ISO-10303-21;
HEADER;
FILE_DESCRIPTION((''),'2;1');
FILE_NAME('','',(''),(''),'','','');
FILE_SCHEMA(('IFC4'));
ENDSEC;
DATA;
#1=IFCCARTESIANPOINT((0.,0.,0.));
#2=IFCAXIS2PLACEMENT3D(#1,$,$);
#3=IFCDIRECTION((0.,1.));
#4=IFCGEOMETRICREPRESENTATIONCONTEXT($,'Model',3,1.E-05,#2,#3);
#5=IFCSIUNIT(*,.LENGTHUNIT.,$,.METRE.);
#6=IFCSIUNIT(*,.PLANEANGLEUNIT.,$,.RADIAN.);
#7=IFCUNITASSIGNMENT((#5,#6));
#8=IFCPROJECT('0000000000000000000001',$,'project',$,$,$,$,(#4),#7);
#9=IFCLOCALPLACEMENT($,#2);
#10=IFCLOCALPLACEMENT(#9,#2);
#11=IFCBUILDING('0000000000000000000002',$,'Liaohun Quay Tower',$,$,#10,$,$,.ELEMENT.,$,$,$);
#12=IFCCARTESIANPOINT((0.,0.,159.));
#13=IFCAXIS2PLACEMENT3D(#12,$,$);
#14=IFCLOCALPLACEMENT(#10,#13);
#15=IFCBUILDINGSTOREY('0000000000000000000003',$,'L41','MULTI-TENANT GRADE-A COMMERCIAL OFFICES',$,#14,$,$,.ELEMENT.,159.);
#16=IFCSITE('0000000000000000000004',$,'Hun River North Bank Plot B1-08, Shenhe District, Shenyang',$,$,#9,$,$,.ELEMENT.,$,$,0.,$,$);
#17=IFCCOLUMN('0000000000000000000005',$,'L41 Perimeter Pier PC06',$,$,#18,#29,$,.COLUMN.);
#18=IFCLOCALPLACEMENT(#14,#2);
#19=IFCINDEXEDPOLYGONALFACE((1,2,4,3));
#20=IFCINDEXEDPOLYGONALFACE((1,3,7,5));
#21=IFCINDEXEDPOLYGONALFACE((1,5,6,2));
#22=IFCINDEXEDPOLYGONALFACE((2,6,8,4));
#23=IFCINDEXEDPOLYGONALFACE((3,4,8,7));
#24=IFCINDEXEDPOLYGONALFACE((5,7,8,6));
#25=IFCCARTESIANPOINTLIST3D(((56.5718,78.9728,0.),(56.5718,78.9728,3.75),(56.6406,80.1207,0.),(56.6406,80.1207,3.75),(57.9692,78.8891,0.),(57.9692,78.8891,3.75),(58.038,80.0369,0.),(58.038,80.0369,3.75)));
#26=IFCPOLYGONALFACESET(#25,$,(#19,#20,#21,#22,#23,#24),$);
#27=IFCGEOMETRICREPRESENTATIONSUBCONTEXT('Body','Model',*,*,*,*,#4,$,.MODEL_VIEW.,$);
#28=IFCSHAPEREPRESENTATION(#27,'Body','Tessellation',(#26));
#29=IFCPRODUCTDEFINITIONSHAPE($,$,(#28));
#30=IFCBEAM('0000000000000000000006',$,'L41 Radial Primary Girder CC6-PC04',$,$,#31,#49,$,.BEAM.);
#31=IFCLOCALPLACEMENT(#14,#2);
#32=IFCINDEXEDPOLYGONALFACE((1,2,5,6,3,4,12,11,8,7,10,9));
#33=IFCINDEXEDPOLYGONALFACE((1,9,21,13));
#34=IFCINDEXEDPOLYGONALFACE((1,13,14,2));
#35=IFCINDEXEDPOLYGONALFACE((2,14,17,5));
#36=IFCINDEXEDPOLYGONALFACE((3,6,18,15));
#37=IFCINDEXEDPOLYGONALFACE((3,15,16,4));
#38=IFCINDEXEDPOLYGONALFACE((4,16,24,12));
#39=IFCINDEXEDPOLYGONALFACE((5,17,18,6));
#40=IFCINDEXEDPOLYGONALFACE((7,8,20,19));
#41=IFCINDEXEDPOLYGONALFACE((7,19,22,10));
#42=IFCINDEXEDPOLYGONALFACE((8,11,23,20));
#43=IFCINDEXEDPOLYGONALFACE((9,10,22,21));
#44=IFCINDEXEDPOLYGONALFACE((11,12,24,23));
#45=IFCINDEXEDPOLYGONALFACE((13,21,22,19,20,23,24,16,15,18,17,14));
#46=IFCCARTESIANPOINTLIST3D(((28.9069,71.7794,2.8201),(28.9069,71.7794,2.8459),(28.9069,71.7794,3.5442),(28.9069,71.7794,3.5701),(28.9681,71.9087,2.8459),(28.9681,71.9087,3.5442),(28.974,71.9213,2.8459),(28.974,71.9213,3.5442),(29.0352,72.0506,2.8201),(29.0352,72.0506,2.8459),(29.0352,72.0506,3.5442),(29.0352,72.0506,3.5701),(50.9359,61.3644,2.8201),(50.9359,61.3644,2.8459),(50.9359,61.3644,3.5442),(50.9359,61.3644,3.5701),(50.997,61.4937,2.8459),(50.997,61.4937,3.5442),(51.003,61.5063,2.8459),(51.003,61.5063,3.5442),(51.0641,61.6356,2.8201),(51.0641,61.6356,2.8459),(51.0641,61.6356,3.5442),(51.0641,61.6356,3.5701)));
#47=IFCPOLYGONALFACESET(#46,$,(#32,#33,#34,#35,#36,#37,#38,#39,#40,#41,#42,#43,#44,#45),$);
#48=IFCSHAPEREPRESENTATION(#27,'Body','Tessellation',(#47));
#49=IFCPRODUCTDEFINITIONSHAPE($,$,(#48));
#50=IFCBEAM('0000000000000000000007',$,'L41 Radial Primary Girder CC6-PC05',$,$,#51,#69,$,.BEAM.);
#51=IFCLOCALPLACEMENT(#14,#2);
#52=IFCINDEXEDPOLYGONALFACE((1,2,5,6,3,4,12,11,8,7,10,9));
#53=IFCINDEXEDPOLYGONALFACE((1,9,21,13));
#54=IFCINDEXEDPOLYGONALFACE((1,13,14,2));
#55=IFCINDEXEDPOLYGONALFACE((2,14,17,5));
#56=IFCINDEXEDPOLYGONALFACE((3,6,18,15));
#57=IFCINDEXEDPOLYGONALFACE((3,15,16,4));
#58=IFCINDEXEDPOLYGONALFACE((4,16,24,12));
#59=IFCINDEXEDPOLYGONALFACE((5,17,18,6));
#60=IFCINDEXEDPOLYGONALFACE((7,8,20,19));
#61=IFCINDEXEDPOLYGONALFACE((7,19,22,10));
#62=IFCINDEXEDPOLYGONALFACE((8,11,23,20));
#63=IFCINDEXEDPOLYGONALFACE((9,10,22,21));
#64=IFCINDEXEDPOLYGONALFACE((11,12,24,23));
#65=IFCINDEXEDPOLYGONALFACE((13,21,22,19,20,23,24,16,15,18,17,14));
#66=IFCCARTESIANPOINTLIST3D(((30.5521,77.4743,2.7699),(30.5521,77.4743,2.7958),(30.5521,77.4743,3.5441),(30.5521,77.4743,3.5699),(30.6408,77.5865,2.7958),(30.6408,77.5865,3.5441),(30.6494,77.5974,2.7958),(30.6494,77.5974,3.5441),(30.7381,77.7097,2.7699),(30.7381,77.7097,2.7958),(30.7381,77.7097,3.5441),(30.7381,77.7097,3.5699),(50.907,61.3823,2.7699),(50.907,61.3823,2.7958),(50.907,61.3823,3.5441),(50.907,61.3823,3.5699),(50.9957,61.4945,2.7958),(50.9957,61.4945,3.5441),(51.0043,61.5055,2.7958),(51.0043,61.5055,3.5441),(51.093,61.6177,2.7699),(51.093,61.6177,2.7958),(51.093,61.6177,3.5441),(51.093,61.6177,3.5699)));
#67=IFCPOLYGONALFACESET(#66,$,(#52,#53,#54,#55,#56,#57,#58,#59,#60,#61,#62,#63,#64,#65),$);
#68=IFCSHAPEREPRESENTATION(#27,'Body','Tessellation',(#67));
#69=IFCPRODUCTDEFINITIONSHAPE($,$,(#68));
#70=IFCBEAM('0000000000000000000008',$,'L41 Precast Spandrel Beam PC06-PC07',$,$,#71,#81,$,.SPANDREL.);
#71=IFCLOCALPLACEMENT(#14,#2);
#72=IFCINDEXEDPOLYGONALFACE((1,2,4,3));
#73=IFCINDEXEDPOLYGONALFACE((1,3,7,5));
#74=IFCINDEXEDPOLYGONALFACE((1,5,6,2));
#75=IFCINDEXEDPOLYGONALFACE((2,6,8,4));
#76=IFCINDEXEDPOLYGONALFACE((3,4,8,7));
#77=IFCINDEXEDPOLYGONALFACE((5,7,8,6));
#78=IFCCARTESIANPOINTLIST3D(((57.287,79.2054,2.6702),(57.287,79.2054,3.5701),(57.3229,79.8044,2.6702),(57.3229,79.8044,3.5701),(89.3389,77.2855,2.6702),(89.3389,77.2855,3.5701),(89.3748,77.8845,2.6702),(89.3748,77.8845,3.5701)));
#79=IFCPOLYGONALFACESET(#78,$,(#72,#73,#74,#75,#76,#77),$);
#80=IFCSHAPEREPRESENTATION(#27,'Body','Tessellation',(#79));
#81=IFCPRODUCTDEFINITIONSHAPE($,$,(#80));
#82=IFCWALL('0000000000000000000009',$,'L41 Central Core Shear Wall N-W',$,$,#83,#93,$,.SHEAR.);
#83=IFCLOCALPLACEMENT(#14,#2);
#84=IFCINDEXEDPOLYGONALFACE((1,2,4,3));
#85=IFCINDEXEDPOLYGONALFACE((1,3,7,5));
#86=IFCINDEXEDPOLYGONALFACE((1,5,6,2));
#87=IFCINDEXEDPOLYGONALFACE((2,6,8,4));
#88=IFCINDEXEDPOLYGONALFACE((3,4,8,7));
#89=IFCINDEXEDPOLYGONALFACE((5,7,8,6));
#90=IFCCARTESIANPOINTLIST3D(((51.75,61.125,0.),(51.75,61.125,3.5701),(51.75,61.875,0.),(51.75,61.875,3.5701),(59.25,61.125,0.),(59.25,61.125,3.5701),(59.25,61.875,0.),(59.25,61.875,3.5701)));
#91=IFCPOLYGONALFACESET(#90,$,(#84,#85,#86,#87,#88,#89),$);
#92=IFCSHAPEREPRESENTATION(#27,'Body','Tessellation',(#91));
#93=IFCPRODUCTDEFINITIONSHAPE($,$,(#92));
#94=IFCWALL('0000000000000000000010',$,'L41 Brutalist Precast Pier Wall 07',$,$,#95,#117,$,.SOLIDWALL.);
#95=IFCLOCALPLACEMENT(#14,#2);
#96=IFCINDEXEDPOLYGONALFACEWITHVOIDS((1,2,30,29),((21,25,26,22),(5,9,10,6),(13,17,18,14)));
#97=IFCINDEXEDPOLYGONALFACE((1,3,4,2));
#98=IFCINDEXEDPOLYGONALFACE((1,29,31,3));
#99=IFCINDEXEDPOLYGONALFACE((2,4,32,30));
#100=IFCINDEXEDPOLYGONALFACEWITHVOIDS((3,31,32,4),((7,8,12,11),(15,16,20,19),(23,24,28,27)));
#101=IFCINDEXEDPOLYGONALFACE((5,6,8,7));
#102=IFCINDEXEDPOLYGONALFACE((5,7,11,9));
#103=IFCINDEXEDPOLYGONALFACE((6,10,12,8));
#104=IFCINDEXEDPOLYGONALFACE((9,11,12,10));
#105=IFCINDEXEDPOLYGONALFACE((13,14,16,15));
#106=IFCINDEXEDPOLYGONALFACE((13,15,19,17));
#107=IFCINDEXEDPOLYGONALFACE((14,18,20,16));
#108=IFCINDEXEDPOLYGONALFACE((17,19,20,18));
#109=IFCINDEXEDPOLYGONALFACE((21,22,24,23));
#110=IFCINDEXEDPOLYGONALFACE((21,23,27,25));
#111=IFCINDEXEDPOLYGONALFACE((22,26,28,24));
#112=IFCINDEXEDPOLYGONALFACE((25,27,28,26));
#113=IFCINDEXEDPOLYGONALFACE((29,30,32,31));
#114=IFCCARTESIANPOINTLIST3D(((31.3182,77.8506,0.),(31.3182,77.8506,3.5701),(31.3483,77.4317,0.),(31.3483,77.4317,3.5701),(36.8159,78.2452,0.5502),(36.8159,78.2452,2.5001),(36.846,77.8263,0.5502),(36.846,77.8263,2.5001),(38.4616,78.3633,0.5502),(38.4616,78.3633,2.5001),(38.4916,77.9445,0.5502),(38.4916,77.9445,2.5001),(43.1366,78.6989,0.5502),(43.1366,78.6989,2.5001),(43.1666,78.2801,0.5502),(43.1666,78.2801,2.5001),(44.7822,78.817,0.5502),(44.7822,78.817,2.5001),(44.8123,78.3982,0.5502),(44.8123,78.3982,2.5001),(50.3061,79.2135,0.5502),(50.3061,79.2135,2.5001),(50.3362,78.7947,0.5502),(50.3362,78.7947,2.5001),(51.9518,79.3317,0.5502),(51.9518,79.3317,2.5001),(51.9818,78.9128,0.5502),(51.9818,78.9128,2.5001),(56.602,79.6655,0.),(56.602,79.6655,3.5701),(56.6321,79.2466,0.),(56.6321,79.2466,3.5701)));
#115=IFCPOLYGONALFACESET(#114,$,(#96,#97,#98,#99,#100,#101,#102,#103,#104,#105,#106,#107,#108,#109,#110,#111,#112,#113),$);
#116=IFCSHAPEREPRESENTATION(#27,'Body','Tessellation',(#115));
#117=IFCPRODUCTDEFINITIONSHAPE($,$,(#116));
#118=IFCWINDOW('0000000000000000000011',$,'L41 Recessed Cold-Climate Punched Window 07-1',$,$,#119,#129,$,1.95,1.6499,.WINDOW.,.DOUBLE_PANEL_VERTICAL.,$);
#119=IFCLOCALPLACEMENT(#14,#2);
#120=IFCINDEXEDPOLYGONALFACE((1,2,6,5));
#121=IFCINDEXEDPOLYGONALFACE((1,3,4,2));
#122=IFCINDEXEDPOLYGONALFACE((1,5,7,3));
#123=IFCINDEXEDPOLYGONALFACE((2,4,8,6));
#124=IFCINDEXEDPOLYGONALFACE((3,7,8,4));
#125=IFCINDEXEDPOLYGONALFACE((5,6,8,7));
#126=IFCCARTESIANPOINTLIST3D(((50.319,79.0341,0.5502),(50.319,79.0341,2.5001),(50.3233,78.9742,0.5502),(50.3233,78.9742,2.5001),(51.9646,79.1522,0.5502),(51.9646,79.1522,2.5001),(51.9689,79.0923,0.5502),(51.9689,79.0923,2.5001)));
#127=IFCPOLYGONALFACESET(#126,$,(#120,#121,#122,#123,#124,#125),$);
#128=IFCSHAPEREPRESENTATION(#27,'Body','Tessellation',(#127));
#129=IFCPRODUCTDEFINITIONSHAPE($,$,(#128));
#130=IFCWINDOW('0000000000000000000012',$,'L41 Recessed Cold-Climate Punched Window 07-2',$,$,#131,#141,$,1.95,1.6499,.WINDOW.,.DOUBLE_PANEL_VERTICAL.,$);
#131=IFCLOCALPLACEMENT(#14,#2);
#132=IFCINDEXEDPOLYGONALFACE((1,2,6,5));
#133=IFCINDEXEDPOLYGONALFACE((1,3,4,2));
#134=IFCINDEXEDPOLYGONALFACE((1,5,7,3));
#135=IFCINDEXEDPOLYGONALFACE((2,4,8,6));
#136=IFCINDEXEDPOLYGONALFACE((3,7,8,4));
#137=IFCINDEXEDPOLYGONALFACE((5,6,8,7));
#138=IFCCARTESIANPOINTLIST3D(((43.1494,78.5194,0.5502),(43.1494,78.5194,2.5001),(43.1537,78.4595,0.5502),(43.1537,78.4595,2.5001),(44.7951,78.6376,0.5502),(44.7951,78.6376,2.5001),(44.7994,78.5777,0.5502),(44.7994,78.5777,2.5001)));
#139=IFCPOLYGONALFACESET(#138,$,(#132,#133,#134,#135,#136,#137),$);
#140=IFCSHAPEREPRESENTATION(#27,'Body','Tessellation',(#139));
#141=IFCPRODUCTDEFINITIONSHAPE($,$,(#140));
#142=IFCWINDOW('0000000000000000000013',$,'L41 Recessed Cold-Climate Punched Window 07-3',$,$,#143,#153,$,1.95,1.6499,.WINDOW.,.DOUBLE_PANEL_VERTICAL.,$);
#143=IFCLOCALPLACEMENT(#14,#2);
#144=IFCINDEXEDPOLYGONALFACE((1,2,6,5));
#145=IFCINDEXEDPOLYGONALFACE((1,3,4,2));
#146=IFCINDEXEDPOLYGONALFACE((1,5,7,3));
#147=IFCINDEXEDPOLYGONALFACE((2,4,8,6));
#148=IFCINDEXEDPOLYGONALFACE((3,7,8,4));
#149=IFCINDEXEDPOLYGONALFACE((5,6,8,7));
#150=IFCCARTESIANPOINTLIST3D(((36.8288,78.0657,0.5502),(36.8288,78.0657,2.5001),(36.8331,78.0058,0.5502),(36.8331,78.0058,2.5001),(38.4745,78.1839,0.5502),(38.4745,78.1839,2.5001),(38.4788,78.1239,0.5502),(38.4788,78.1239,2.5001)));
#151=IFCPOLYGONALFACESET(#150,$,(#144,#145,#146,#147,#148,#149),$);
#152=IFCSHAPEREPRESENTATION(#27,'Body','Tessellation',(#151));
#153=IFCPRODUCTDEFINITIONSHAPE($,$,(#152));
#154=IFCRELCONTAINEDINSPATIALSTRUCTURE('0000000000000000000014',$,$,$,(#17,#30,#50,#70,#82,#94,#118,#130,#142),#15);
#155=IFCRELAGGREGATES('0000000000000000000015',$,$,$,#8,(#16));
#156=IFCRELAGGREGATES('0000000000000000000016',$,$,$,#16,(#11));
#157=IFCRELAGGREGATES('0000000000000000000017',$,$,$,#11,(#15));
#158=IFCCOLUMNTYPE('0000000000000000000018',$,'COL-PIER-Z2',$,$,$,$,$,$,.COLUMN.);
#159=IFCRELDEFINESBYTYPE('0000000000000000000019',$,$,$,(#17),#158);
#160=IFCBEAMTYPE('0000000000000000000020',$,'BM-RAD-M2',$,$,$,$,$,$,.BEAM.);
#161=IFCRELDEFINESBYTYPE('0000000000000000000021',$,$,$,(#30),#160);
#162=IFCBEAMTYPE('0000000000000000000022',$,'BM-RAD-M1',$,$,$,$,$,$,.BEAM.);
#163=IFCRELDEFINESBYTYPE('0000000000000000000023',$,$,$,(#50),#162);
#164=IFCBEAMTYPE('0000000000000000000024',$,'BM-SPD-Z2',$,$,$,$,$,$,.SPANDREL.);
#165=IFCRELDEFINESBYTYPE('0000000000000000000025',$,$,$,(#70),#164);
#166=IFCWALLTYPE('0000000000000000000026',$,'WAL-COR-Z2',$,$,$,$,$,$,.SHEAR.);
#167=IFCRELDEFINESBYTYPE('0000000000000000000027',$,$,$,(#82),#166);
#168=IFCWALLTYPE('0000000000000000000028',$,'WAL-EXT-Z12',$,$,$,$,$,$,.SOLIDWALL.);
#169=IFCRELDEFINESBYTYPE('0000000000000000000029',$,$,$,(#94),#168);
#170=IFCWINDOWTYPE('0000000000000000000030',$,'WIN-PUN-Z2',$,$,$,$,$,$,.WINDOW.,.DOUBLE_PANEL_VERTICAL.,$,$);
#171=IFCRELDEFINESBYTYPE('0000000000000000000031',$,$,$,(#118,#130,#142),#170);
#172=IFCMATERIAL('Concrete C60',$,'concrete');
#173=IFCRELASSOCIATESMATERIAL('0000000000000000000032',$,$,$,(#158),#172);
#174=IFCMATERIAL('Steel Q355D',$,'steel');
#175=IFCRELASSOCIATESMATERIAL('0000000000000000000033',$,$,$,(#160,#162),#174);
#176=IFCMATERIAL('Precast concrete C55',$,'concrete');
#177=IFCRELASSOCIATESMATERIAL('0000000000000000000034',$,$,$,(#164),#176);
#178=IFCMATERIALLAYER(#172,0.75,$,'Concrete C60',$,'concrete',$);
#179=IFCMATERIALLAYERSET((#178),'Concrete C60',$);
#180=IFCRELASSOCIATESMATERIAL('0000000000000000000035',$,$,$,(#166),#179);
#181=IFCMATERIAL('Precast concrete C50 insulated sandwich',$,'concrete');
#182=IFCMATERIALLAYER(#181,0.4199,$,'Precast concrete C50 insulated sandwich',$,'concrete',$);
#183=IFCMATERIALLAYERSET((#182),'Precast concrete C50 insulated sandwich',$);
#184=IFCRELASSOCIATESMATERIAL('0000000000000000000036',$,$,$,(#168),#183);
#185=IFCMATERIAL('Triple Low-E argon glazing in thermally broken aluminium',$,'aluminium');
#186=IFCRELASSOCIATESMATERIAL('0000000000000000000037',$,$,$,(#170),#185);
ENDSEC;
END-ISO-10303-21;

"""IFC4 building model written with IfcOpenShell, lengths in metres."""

from ifc_helpers import new_model, si_unit, direction, frame, frame_2d, origin, origin_2d, place, context, subcontext, project, spatial, rectangle, i_section, extrude, source, transform, mapped, material, layer, layer_set, material_profile, profile_set, type_object, element, fill, save


model = new_model("IFC4")

# Units and contexts
model_context = context("Model", 3, precision=1e-05, world=origin(), true_north=direction((0.0, 1.0)))
body_context = subcontext(model_context, "Body", "Model", "MODEL_VIEW")
ifc_project = project(units=[si_unit("LENGTHUNIT", "METRE"), si_unit("PLANEANGLEUNIT", "RADIAN")], contexts=[model_context])

# Site, building, storey
site_placement = place(None, origin())
site = spatial("IfcSite", under=ifc_project, at=site_placement, Name="Hun River North Bank Plot B1-08, Shenhe District, Shenyang", CompositionType="ELEMENT", RefElevation=0.0)
building_placement = place(site_placement, origin())
building = spatial("IfcBuilding", under=site, at=building_placement, Name="Liaohun Quay Tower", CompositionType="ELEMENT")
storey_placement = place(building_placement, frame((0.0, 0.0, 159.0)))
storey = spatial("IfcBuildingStorey", under=building, at=storey_placement, Name="L41", Description="MULTI-TENANT GRADE-A COMMERCIAL OFFICES", CompositionType="ELEMENT", Elevation=159.0)

# Column
ifc_material_1 = material(Name="Concrete C60", Category="concrete")
ifc_material_profile_1 = material_profile(ifc_material_1, rectangle(XDim=1.3999, YDim=1.1499, at=origin_2d()), Name="RC1400x1150")
ifc_profile_set_1 = profile_set([ifc_material_profile_1], Name="Concrete C60")
column_type = type_object("IfcColumnType", Name="COL-PIER-Z2", PredefinedType="COLUMN", material=ifc_profile_set_1)
shared_shape_1 = source(origin(), body_context, "Body", "SweptSolid", [
    extrude(rectangle(XDim=1.3999, YDim=1.1499, at=origin_2d()), origin(), (0.0, 0.0, 1.0), 3.75),
])
column_placement = place(storey_placement, frame((57.3049, 79.5049, 0.0), z_axis=(0.0, 0.0, 1.0), x_axis=(-0.998209, 0.059829, 0.0)))
element("IfcColumn", 1, at=column_placement, inside=storey, type_object=column_type, Name="L41 Perimeter Pier PC06", PredefinedType="COLUMN", context=body_context, shape_type="MappedRepresentation", body=[
    mapped(shared_shape_1, transform((0.0, 0.0, 0.0), x_axis=(1.0, 0.0, 0.0), y_axis=(0.0, 1.0, 0.0), z_axis=(0.0, 0.0, 1.0), scale=1.0)),
])

# Beams
ifc_material_2 = material(Name="Steel Q355D", Category="steel")
ifc_material_profile_2 = material_profile(ifc_material_2, i_section(OverallWidth=0.3, OverallDepth=0.75, WebThickness=0.0139, FlangeThickness=0.0259, at=origin_2d()), Name="HN750x300x14x26")
ifc_profile_set_2 = profile_set([ifc_material_profile_2], Name="Steel Q355D")
beam_type_1 = type_object("IfcBeamType", Name="BM-RAD-M2", PredefinedType="BEAM", material=ifc_profile_set_2)
shared_shape_2 = source(origin(), body_context, "Body", "SweptSolid", [
    extrude(i_section(OverallWidth=0.3, OverallDepth=0.75, WebThickness=0.0139, FlangeThickness=0.0259, at=origin_2d()), origin(), (0.0, 0.0, 1.0), 24.3669),
])
beam_1_placement = place(storey_placement, frame((51.0, 61.5, 3.1951), z_axis=(-0.904052, 0.427423, 0.0), x_axis=(-0.427423, -0.904052, 0.0)))
element("IfcBeam", 2, at=beam_1_placement, inside=storey, type_object=beam_type_1, Name="L41 Radial Primary Girder CC6-PC04", PredefinedType="BEAM", context=body_context, shape_type="MappedRepresentation", body=[
    mapped(shared_shape_2, transform((0.0, 0.0, 0.0), x_axis=(1.0, 0.0, 0.0), y_axis=(0.0, 1.0, 0.0), z_axis=(0.0, 0.0, 1.0), scale=1.0)),
])
ifc_material_profile_3 = material_profile(ifc_material_2, i_section(OverallWidth=0.3, OverallDepth=0.8, WebThickness=0.0139, FlangeThickness=0.0259, at=origin_2d()), Name="HN800x300x14x26")
ifc_profile_set_3 = profile_set([ifc_material_profile_3], Name="Steel Q355D")
beam_type_2 = type_object("IfcBeamType", Name="BM-RAD-M1", PredefinedType="BEAM", material=ifc_profile_set_3)
shared_shape_3 = source(origin(), body_context, "Body", "SweptSolid", [
    extrude(i_section(OverallWidth=0.3, OverallDepth=0.8, WebThickness=0.0139, FlangeThickness=0.0259, at=origin_2d()), origin(), (0.0, 0.0, 1.0), 25.9475),
])
beam_2_placement = place(storey_placement, frame((51.0, 61.5, 3.1699), z_axis=(-0.784464, 0.620174, 0.0), x_axis=(-0.620174, -0.784464, 0.0)))
element("IfcBeam", 3, at=beam_2_placement, inside=storey, type_object=beam_type_2, Name="L41 Radial Primary Girder CC6-PC05", PredefinedType="BEAM", context=body_context, shape_type="MappedRepresentation", body=[
    mapped(shared_shape_3, transform((0.0, 0.0, 0.0), x_axis=(1.0, 0.0, 0.0), y_axis=(0.0, 1.0, 0.0), z_axis=(0.0, 0.0, 1.0), scale=1.0)),
])
ifc_material_3 = material(Name="Precast concrete C55", Category="concrete")
ifc_material_profile_4 = material_profile(ifc_material_3, rectangle(XDim=0.6001, YDim=0.8999, at=origin_2d()), Name="RC600x900")
ifc_profile_set_4 = profile_set([ifc_material_profile_4], Name="Precast concrete C55")
beam_type_3 = type_object("IfcBeamType", Name="BM-SPD-Z2", PredefinedType="SPANDREL", material=ifc_profile_set_4)
shared_shape_4 = source(origin(), body_context, "Body", "SweptSolid", [
    extrude(rectangle(XDim=0.6001, YDim=0.8999, at=origin_2d()), origin(), (0.0, 0.0, 1.0), 32.1094),
])
beam_3_placement = place(storey_placement, frame((57.3049, 79.5049, 3.1201), z_axis=(0.998211, -0.059793, 0.0), x_axis=(0.059793, 0.998211, 0.0)))
element("IfcBeam", 4, at=beam_3_placement, inside=storey, type_object=beam_type_3, Name="L41 Precast Spandrel Beam PC06-PC07", PredefinedType="SPANDREL", context=body_context, shape_type="MappedRepresentation", body=[
    mapped(shared_shape_4, transform((0.0, 0.0, 0.0), x_axis=(1.0, 0.0, 0.0), y_axis=(0.0, 1.0, 0.0), z_axis=(0.0, 0.0, 1.0), scale=1.0)),
])

# Wall
ifc_layer_1 = layer(ifc_material_1, 0.75, Name="Concrete C60", Category="concrete")
ifc_layer_set_1 = layer_set([ifc_layer_1], Name="Concrete C60")
wall_type_1 = type_object("IfcWallType", Name="WAL-COR-Z2", PredefinedType="SHEAR", material=ifc_layer_set_1)
wall_1_placement = place(storey_placement, frame((51.75, 61.5, 0.0), z_axis=(0.0, 0.0, 1.0), x_axis=(1.0, 0.0, 0.0)))
element("IfcWall", 5, at=wall_1_placement, inside=storey, type_object=wall_type_1, Name="L41 Central Core Shear Wall N-W", PredefinedType="SHEAR", context=body_context, shape_type="SweptSolid", body=[
    extrude(rectangle(XDim=7.5, YDim=0.75, at=frame_2d((3.75, 0.0))), origin(), (0.0, 0.0, 1.0), 3.5701),
])

# Wall, openings, windows
ifc_material_4 = material(Name="Precast concrete C50 insulated sandwich", Category="concrete")
ifc_layer_2 = layer(ifc_material_4, 0.4199, Name="Precast concrete C50 insulated sandwich", Category="concrete")
ifc_layer_set_2 = layer_set([ifc_layer_2], Name="Precast concrete C50 insulated sandwich")
wall_type_2 = type_object("IfcWallType", Name="WAL-EXT-Z12", PredefinedType="SOLIDWALL", material=ifc_layer_set_2)
wall_2_placement = place(storey_placement, frame((56.6169, 79.4561, 0.0), z_axis=(0.0, 0.0, 1.0), x_axis=(-0.997434, -0.071598, 0.0)))
wall_2 = element("IfcWall", 6, at=wall_2_placement, inside=storey, type_object=wall_type_2, Name="L41 Brutalist Precast Pier Wall 07", PredefinedType="SOLIDWALL", context=body_context, shape_type="SweptSolid", body=[
    extrude(rectangle(XDim=25.3489, YDim=0.4199, at=frame_2d((12.6743, 0.0))), origin(), (0.0, 0.0, 1.0), 3.5701),
])
shared_shape_5 = source(origin(), body_context, "Body", "SweptSolid", [
    extrude(rectangle(XDim=1.6499, YDim=1.95, at=frame_2d((0.825, 0.9751))), frame((0.0, 0.22, 0.0), z_axis=(0.0, -1.0, 0.0), x_axis=(1.0, 0.0, 0.0)), (0.0, 0.0, 1.0), 0.4399),
])
opening_1_placement = place(wall_2_placement, frame((4.6621, 0.0, 0.55)))
opening_1 = element("IfcOpeningElement", 7, at=opening_1_placement, cuts=wall_2, PredefinedType="OPENING", context=body_context, shape_type="MappedRepresentation", body=[
    mapped(shared_shape_5, transform((0.0, 0.0, 0.0), x_axis=(1.0, 0.0, 0.0), y_axis=(0.0, 1.0, 0.0), z_axis=(0.0, 0.0, 1.0), scale=1.0)),
])
opening_2_placement = place(wall_2_placement, frame((11.8501, 0.0, 0.55)))
opening_2 = element("IfcOpeningElement", 8, at=opening_2_placement, cuts=wall_2, PredefinedType="OPENING", context=body_context, shape_type="MappedRepresentation", body=[
    mapped(shared_shape_5, transform((0.0, 0.0, 0.0), x_axis=(1.0, 0.0, 0.0), y_axis=(0.0, 1.0, 0.0), z_axis=(0.0, 0.0, 1.0), scale=1.0)),
])
opening_3_placement = place(wall_2_placement, frame((18.187, 0.0, 0.55)))
opening_3 = element("IfcOpeningElement", 9, at=opening_3_placement, cuts=wall_2, PredefinedType="OPENING", context=body_context, shape_type="MappedRepresentation", body=[
    mapped(shared_shape_5, transform((0.0, 0.0, 0.0), x_axis=(1.0, 0.0, 0.0), y_axis=(0.0, 1.0, 0.0), z_axis=(0.0, 0.0, 1.0), scale=1.0)),
])
ifc_material_5 = material(Name="Triple Low-E argon glazing in thermally broken aluminium", Category="aluminium")
window_type = type_object("IfcWindowType", Name="WIN-PUN-Z2", PartitioningType="DOUBLE_PANEL_VERTICAL", PredefinedType="WINDOW", material=ifc_material_5)
shared_shape_6 = source(origin(), body_context, "Body", "SweptSolid", [
    extrude(rectangle(XDim=1.6499, YDim=1.95, at=frame_2d((0.825, 0.9751))), frame((0.0, 0.03, 0.0), z_axis=(0.0, -1.0, 0.0), x_axis=(1.0, 0.0, 0.0)), (0.0, 0.0, 1.0), 0.0601),
])
window_1_placement = place(opening_1_placement, origin())
window_1 = element("IfcWindow", 10, at=window_1_placement, inside=storey, type_object=window_type, Name="L41 Recessed Cold-Climate Punched Window 07-1", OverallHeight=1.95, OverallWidth=1.6499, PartitioningType="DOUBLE_PANEL_VERTICAL", PredefinedType="WINDOW", context=body_context, shape_type="MappedRepresentation", body=[
    mapped(shared_shape_6, transform((0.0, 0.0, 0.0), x_axis=(1.0, 0.0, 0.0), y_axis=(0.0, 1.0, 0.0), z_axis=(0.0, 0.0, 1.0), scale=1.0)),
])
fill(opening_1, window_1)
window_2_placement = place(opening_2_placement, origin())
window_2 = element("IfcWindow", 11, at=window_2_placement, inside=storey, type_object=window_type, Name="L41 Recessed Cold-Climate Punched Window 07-2", OverallHeight=1.95, OverallWidth=1.6499, PartitioningType="DOUBLE_PANEL_VERTICAL", PredefinedType="WINDOW", context=body_context, shape_type="MappedRepresentation", body=[
    mapped(shared_shape_6, transform((0.0, 0.0, 0.0), x_axis=(1.0, 0.0, 0.0), y_axis=(0.0, 1.0, 0.0), z_axis=(0.0, 0.0, 1.0), scale=1.0)),
])
fill(opening_2, window_2)
window_3_placement = place(opening_3_placement, origin())
window_3 = element("IfcWindow", 12, at=window_3_placement, inside=storey, type_object=window_type, Name="L41 Recessed Cold-Climate Punched Window 07-3", OverallHeight=1.95, OverallWidth=1.6499, PartitioningType="DOUBLE_PANEL_VERTICAL", PredefinedType="WINDOW", context=body_context, shape_type="MappedRepresentation", body=[
    mapped(shared_shape_6, transform((0.0, 0.0, 0.0), x_axis=(1.0, 0.0, 0.0), y_axis=(0.0, 1.0, 0.0), z_axis=(0.0, 0.0, 1.0), scale=1.0)),
])
fill(opening_3, window_3)

save(model, "model.ifc")
